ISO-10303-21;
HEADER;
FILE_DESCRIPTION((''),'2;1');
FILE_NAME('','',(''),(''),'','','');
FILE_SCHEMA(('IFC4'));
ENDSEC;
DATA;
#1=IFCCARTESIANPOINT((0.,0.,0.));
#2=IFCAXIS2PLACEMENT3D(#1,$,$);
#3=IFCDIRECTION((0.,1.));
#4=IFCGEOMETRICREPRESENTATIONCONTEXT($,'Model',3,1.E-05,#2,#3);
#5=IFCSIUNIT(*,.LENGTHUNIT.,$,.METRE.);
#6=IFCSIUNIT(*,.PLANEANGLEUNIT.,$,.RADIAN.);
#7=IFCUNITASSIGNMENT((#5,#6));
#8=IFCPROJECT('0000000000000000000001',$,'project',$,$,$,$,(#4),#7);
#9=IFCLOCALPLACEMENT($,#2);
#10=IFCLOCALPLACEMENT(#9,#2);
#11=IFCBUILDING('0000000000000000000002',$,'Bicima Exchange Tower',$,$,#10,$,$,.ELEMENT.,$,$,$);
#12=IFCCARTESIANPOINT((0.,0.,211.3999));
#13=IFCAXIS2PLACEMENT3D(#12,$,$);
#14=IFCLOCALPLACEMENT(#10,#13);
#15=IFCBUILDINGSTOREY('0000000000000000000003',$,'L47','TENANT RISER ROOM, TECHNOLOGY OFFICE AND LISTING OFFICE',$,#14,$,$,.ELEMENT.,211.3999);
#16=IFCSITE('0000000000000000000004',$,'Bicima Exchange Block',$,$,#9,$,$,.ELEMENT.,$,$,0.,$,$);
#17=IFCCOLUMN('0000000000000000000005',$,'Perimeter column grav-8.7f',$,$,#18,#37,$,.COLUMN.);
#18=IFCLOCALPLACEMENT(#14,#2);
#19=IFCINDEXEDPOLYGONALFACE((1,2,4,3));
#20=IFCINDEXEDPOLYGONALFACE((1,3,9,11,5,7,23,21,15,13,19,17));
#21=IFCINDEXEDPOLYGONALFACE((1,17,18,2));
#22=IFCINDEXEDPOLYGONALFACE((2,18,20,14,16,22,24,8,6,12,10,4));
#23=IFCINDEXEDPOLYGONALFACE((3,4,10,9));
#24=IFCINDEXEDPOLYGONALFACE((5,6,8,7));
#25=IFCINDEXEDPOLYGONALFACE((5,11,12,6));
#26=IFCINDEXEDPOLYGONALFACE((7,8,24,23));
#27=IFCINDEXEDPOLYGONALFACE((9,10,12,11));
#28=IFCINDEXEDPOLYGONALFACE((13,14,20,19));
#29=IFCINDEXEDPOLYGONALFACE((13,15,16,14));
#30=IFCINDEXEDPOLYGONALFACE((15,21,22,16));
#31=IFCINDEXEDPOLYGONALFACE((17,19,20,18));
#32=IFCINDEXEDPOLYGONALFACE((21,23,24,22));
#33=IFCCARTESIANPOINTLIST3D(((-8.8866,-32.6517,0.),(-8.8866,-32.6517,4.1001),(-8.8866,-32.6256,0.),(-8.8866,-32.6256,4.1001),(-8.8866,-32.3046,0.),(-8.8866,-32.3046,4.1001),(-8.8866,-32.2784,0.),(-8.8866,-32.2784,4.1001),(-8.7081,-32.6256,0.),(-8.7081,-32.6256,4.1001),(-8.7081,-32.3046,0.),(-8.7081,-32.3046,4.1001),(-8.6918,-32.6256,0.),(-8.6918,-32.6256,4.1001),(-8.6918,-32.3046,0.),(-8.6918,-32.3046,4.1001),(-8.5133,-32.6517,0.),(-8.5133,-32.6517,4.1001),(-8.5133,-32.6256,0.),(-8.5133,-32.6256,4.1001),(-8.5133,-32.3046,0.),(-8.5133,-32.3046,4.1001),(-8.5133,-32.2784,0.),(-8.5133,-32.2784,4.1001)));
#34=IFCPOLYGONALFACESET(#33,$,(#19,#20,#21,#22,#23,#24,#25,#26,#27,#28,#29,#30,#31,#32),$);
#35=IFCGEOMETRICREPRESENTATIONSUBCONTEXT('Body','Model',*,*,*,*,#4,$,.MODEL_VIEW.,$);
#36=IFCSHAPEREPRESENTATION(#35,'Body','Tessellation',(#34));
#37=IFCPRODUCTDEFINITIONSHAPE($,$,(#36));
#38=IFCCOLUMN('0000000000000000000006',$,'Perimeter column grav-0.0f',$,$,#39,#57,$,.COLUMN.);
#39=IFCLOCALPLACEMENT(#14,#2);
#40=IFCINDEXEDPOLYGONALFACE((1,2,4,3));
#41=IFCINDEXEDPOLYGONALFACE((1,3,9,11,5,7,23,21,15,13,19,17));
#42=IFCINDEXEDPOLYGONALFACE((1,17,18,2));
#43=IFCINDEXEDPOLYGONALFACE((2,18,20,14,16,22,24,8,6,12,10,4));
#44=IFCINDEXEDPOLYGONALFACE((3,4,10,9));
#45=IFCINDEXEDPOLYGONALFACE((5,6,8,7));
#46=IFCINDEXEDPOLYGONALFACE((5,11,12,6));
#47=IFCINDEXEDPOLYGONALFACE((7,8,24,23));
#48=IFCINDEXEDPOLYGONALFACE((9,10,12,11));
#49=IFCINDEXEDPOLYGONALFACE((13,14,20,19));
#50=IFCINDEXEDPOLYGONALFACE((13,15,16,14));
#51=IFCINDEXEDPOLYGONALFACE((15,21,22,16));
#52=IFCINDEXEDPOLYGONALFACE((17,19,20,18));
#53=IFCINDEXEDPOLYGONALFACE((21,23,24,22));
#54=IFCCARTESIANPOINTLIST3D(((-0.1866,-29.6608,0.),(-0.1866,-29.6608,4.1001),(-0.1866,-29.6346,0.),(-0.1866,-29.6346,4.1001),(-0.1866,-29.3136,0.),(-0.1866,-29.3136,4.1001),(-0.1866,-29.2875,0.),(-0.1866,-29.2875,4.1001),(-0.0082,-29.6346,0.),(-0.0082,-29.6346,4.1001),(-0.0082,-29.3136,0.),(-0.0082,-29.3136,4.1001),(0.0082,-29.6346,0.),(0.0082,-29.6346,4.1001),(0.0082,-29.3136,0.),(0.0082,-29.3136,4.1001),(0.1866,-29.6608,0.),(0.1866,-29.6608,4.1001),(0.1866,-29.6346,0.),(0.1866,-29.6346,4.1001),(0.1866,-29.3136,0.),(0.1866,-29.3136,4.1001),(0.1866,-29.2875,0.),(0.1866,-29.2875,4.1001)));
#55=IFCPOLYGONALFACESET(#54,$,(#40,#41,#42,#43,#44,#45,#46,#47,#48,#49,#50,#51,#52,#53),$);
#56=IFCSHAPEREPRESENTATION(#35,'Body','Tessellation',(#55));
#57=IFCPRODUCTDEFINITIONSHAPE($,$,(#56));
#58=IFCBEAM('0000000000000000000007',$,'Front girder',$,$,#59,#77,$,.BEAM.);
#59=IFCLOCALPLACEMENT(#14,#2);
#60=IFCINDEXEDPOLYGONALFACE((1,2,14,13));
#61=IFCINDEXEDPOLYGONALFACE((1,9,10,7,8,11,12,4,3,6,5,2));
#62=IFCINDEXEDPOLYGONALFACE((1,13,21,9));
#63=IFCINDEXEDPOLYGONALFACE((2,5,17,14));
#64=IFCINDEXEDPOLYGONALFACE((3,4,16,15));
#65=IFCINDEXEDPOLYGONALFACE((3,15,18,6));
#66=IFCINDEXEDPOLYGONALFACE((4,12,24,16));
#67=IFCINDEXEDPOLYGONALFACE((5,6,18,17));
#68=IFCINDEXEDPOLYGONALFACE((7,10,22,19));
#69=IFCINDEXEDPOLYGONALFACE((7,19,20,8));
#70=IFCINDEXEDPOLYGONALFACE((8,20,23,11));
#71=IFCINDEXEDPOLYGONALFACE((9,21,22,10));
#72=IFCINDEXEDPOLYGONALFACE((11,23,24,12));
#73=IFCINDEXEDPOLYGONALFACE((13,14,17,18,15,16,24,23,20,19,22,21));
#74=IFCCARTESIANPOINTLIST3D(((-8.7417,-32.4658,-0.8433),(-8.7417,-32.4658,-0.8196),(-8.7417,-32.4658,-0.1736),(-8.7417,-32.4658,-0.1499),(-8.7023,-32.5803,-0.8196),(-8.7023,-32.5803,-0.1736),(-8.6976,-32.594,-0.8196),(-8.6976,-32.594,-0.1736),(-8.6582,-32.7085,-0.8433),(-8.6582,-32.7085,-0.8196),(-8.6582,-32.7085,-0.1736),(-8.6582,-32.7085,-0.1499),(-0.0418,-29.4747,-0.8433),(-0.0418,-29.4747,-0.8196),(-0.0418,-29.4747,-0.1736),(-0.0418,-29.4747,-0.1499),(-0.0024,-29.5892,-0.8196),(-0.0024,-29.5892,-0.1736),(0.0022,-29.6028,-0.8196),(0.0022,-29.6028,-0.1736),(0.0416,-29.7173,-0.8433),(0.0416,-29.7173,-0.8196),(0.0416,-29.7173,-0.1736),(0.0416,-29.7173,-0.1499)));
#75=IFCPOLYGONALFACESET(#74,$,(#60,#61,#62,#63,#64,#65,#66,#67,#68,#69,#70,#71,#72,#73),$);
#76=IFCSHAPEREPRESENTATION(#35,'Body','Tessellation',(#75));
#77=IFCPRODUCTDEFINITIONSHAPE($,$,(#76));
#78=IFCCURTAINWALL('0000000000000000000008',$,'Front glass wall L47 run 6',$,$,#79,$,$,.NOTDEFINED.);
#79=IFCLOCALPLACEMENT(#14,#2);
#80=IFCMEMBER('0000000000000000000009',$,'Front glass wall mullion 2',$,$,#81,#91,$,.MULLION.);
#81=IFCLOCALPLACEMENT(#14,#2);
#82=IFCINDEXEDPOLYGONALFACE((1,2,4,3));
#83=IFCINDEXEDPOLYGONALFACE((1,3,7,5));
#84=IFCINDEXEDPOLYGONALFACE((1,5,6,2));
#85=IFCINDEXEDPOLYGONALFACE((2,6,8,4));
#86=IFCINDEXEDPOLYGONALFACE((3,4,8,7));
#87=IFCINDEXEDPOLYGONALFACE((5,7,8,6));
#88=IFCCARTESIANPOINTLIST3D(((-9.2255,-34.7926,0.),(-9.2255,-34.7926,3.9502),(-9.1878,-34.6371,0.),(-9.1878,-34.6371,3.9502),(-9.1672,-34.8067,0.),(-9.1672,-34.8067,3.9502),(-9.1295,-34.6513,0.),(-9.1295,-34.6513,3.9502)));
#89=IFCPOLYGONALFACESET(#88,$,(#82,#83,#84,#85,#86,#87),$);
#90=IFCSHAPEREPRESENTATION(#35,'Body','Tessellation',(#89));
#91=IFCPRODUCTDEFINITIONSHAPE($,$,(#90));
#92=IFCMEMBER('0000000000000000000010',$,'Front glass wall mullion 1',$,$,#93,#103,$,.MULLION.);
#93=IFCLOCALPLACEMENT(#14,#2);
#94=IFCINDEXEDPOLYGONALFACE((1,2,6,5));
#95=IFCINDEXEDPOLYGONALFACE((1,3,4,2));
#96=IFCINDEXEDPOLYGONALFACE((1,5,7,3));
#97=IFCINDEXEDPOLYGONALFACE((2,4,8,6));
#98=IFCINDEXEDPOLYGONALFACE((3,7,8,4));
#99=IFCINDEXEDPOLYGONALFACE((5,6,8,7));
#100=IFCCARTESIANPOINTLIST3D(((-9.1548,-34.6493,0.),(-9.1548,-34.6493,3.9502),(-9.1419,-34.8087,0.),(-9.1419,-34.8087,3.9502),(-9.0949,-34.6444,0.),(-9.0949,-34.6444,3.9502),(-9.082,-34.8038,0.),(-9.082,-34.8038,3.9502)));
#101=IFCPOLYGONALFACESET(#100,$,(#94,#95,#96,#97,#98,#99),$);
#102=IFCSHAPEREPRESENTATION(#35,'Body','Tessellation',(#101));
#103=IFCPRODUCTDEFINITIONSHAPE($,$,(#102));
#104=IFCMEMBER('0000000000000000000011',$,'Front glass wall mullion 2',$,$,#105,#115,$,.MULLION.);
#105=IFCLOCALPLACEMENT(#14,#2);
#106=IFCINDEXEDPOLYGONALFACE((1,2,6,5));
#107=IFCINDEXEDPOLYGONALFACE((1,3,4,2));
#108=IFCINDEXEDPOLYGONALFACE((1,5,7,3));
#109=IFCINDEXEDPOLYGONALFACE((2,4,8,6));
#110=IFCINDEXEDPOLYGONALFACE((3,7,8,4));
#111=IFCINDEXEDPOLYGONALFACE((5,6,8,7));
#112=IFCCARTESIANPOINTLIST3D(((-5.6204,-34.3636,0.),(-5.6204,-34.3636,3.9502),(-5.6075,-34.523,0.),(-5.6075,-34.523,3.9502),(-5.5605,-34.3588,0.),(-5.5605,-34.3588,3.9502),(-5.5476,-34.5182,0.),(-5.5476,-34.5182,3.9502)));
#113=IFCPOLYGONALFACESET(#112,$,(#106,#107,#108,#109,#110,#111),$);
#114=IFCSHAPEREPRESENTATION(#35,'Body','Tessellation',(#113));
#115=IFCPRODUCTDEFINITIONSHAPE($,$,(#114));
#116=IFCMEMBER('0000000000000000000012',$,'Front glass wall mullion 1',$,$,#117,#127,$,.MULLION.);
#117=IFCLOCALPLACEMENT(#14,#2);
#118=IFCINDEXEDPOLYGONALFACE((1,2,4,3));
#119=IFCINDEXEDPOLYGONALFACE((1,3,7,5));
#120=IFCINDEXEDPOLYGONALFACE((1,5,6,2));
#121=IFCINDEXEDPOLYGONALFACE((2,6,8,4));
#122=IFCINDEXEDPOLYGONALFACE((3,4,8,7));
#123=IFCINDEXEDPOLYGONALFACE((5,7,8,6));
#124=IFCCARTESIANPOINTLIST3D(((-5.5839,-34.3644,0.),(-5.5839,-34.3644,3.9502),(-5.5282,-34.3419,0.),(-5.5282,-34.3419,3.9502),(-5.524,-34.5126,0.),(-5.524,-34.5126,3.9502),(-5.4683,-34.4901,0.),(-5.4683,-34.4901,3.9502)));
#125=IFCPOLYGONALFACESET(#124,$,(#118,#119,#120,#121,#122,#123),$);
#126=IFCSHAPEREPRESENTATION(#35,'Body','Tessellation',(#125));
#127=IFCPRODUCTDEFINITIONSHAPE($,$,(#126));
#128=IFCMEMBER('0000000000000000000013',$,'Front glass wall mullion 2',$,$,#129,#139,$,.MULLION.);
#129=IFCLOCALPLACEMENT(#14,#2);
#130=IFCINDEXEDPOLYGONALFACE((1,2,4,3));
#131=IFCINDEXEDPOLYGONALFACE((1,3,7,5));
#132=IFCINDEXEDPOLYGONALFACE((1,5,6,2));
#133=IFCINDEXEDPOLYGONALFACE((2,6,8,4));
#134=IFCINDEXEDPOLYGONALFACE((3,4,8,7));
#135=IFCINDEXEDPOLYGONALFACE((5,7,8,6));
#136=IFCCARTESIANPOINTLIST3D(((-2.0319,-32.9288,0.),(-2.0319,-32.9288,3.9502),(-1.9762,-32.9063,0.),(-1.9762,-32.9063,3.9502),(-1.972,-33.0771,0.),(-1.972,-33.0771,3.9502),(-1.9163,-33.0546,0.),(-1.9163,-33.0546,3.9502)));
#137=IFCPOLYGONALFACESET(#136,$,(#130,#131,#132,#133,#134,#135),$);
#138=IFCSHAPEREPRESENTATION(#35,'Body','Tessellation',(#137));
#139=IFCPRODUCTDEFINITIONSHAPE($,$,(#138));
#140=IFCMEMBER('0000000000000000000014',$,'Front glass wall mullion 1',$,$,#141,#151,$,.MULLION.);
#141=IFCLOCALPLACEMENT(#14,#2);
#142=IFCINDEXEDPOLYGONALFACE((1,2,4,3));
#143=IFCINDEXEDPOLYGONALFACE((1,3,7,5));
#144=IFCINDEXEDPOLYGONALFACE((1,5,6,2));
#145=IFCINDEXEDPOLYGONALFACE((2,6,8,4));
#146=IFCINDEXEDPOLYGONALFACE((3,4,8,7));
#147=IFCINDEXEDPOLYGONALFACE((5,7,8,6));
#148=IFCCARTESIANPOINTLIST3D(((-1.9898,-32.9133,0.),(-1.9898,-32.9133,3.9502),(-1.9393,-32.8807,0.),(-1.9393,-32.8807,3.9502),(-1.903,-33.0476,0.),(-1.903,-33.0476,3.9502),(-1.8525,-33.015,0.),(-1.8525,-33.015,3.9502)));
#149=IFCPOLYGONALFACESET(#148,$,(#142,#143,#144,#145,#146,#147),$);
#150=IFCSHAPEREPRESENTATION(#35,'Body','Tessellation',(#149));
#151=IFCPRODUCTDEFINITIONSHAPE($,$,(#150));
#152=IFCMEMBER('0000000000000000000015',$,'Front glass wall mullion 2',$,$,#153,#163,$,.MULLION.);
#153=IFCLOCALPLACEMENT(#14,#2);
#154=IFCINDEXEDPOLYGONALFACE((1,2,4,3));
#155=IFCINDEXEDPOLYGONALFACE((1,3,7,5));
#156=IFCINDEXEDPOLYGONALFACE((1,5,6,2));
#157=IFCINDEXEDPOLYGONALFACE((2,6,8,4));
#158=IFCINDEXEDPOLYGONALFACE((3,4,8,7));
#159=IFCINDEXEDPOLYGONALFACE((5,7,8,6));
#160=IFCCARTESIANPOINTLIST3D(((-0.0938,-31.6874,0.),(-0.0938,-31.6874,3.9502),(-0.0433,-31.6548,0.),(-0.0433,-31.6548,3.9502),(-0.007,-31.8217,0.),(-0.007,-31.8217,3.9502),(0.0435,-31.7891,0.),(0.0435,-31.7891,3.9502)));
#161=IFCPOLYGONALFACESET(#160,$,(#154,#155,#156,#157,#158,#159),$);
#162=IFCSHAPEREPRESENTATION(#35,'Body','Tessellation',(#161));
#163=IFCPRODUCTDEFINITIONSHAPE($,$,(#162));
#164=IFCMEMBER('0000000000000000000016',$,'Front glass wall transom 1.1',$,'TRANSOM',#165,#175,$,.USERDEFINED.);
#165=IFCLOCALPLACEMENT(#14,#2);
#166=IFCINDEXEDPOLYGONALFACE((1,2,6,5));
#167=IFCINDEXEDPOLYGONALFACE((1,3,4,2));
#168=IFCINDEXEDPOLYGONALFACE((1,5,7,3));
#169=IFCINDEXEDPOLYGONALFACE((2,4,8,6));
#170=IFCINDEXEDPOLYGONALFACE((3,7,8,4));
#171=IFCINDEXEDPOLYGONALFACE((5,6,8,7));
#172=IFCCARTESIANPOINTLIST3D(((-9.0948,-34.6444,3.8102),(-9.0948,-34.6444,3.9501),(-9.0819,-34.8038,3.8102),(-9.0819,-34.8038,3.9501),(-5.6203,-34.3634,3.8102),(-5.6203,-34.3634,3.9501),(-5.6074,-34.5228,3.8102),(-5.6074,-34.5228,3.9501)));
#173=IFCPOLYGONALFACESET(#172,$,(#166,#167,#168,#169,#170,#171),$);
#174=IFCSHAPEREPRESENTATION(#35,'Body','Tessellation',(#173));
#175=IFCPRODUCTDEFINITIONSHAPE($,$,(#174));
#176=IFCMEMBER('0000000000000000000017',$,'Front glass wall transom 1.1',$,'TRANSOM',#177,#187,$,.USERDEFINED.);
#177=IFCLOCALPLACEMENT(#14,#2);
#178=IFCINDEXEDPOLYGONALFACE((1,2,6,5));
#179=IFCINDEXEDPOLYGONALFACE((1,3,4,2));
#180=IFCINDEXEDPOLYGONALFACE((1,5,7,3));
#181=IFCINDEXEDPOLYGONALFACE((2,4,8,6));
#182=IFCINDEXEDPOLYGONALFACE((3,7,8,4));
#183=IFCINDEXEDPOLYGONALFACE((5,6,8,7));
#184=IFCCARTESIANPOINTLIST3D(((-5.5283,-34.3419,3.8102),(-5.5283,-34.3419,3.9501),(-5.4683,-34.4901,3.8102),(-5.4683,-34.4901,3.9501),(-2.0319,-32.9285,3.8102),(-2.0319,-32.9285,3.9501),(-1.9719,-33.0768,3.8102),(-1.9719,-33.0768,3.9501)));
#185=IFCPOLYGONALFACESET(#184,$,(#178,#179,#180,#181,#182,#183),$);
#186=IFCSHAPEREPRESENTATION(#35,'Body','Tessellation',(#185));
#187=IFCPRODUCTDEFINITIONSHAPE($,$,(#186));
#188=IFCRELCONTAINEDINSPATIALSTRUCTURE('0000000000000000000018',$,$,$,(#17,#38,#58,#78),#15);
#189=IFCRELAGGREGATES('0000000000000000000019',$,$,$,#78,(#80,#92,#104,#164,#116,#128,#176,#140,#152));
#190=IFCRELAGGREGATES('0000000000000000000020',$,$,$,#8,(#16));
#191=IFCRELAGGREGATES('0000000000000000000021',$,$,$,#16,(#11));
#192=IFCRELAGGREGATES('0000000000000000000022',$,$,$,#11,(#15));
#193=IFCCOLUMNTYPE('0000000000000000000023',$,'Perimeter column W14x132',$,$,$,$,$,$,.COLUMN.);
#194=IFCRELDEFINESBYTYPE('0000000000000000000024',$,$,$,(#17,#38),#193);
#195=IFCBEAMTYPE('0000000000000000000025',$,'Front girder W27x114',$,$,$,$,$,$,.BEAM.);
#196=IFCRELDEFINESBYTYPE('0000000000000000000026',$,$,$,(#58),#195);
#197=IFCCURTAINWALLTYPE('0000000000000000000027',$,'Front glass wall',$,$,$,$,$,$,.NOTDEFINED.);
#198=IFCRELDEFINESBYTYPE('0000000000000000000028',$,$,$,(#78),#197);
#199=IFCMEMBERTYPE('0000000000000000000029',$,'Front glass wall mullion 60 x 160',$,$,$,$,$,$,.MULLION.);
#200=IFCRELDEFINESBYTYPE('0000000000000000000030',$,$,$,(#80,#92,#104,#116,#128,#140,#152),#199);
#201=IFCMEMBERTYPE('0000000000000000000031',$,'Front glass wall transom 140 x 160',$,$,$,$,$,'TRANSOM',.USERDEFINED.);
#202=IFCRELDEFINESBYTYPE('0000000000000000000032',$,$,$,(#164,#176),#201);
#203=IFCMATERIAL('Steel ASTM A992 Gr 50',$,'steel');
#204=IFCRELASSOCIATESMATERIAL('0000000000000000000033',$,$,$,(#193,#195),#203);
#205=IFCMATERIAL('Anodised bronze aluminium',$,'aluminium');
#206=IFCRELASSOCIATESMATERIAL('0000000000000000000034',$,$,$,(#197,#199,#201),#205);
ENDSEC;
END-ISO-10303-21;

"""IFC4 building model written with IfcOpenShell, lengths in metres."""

from ifc_helpers import new_model, si_unit, direction, frame, origin, origin_2d, place, context, subcontext, project, spatial, rectangle, i_section, extrude, material, material_profile, profile_set, type_object, element, aggregate, save


model = new_model("IFC4")

# Units and contexts
model_context = context("Model", 3, precision=1e-05, world=origin(), true_north=direction((0.0, 1.0)))
body_context = subcontext(model_context, "Body", "Model", "MODEL_VIEW")
ifc_project = project(units=[si_unit("LENGTHUNIT", "METRE"), si_unit("PLANEANGLEUNIT", "RADIAN")], contexts=[model_context])

# Site, building, storey
site_placement = place(None, origin())
site = spatial("IfcSite", under=ifc_project, at=site_placement, Name="Bicima Exchange Block", CompositionType="ELEMENT", RefElevation=0.0)
building_placement = place(site_placement, origin())
building = spatial("IfcBuilding", under=site, at=building_placement, Name="Bicima Exchange Tower", CompositionType="ELEMENT")
storey_placement = place(building_placement, frame((0.0, 0.0, 211.3999)))
storey = spatial("IfcBuildingStorey", under=building, at=storey_placement, Name="L47", Description="TENANT RISER ROOM, TECHNOLOGY OFFICE AND LISTING OFFICE", CompositionType="ELEMENT", Elevation=211.3999)

# Columns
ifc_material_1 = material(Name="Steel ASTM A992 Gr 50", Category="steel")
ifc_material_profile_1 = material_profile(ifc_material_1, i_section(OverallWidth=0.3733, OverallDepth=0.3733, WebThickness=0.0164, FlangeThickness=0.0261, at=origin_2d()))
ifc_profile_set_1 = profile_set([ifc_material_profile_1], Name="Steel ASTM A992 Gr 50")
column_type = type_object("IfcColumnType", Name="Perimeter column W14x132", PredefinedType="COLUMN", material=ifc_profile_set_1)
for number, where, z_axis, x_axis, name in (
    (1, (-8.7, -32.4651, 0.0), (0.0, 0.0, 1.0), (1.0, 0.0, 0.0), "Perimeter column grav-8.7f"),
    (2, (0.0, -29.4741, 0.0), (0.0, 0.0, 1.0), (1.0, 0.0, 0.0), "Perimeter column grav-0.0f"),
):
    element("IfcColumn", number, at=place(storey_placement, frame(where, z_axis=z_axis, x_axis=x_axis)), inside=storey, type_object=column_type, Name=name, PredefinedType="COLUMN", context=body_context, shape_type="SweptSolid", body=[
        extrude(i_section(OverallWidth=0.3733, OverallDepth=0.3733, WebThickness=0.0164, FlangeThickness=0.0261, at=origin_2d()), origin(), (0.0, 0.0, 1.0), 4.1001),
    ])

# Beam
ifc_material_profile_2 = material_profile(ifc_material_1, i_section(OverallWidth=0.2566, OverallDepth=0.6934, WebThickness=0.0144, FlangeThickness=0.0237, at=origin_2d()))
ifc_profile_set_2 = profile_set([ifc_material_profile_2], Name="Steel ASTM A992 Gr 50")
beam_type = type_object("IfcBeamType", Name="Front girder W27x114", PredefinedType="BEAM", material=ifc_profile_set_2)
beam_placement = place(storey_placement, frame((-8.7, -32.5872, -0.4966), z_axis=(0.945666, 0.325138, 0.0), x_axis=(-0.325138, 0.945666, 0.0)))
element("IfcBeam", 3, at=beam_placement, inside=storey, type_object=beam_type, Name="Front girder", PredefinedType="BEAM", context=body_context, shape_type="SweptSolid", body=[
    extrude(i_section(OverallWidth=0.2566, OverallDepth=0.6934, WebThickness=0.0144, FlangeThickness=0.0237, at=origin_2d()), origin(), (0.0, 0.0, 1.0), 9.1997),
])

# Curtain wall, members
ifc_material_2 = material(Name="Anodised bronze aluminium", Category="aluminium")
curtain_wall_type = type_object("IfcCurtainWallType", Name="Front glass wall", PredefinedType="NOTDEFINED", material=ifc_material_2)
curtain_wall_placement = place(storey_placement, origin())
curtain_wall = element("IfcCurtainWall", 4, at=curtain_wall_placement, inside=storey, type_object=curtain_wall_type, Name="Front glass wall L47 run 6", PredefinedType="NOTDEFINED")
ifc_material_profile_3 = material_profile(ifc_material_2, rectangle(XDim=0.1599, YDim=0.0601, at=origin_2d()))
ifc_profile_set_3 = profile_set([ifc_material_profile_3], Name="Anodised bronze aluminium")
member_type_1 = type_object("IfcMemberType", Name="Front glass wall mullion 60 x 160", PredefinedType="MULLION", material=ifc_profile_set_3)
member_1_placement = place(storey_placement, frame((-9.1775, -34.7219, 0.0), z_axis=(0.0, 0.0, 1.0), x_axis=(0.235682, 0.97183, 0.0)))
member_1 = element("IfcMember", 5, at=member_1_placement, type_object=member_type_1, Name="Front glass wall mullion 2", PredefinedType="MULLION", context=body_context, shape_type="SweptSolid", body=[
    extrude(rectangle(XDim=0.1599, YDim=0.0601, at=origin_2d()), origin(), (0.0, 0.0, 1.0), 3.9502),
])
member_2_placement = place(storey_placement, frame((-9.1184, -34.7266, 0.0), z_axis=(0.0, 0.0, 1.0), x_axis=(-0.080589, 0.996747, 0.0)))
member_2 = element("IfcMember", 6, at=member_2_placement, type_object=member_type_1, Name="Front glass wall mullion 1", PredefinedType="MULLION", context=body_context, shape_type="SweptSolid", body=[
    extrude(rectangle(XDim=0.1599, YDim=0.0601, at=origin_2d()), origin(), (0.0, 0.0, 1.0), 3.9502),
])
member_3_placement = place(storey_placement, frame((-5.584, -34.4409, 0.0), z_axis=(0.0, 0.0, 1.0), x_axis=(-0.080589, 0.996747, 0.0)))
member_3 = element("IfcMember", 7, at=member_3_placement, type_object=member_type_1, Name="Front glass wall mullion 2", PredefinedType="MULLION", context=body_context, shape_type="SweptSolid", body=[
    extrude(rectangle(XDim=0.1599, YDim=0.0601, at=origin_2d()), origin(), (0.0, 0.0, 1.0), 3.9502),
])
member_4_placement = place(storey_placement, frame((-5.5261, -34.4272, 0.0), z_axis=(0.0, 0.0, 1.0), x_axis=(-0.374705, 0.927144, 0.0)))
member_4 = element("IfcMember", 8, at=member_4_placement, type_object=member_type_1, Name="Front glass wall mullion 1", PredefinedType="MULLION", context=body_context, shape_type="SweptSolid", body=[
    extrude(rectangle(XDim=0.1599, YDim=0.0601, at=origin_2d()), origin(), (0.0, 0.0, 1.0), 3.9502),
])
member_5_placement = place(storey_placement, frame((-1.9741, -32.9917, 0.0), z_axis=(0.0, 0.0, 1.0), x_axis=(-0.374705, 0.927144, 0.0)))
member_5 = element("IfcMember", 9, at=member_5_placement, type_object=member_type_1, Name="Front glass wall mullion 2", PredefinedType="MULLION", context=body_context, shape_type="SweptSolid", body=[
    extrude(rectangle(XDim=0.1599, YDim=0.0601, at=origin_2d()), origin(), (0.0, 0.0, 1.0), 3.9502),
])
member_6_placement = place(storey_placement, frame((-1.9211, -32.9641, 0.0), z_axis=(0.0, 0.0, 1.0), x_axis=(-0.542897, 0.839799, 0.0)))
member_6 = element("IfcMember", 10, at=member_6_placement, type_object=member_type_1, Name="Front glass wall mullion 1", PredefinedType="MULLION", context=body_context, shape_type="SweptSolid", body=[
    extrude(rectangle(XDim=0.1599, YDim=0.0601, at=origin_2d()), origin(), (0.0, 0.0, 1.0), 3.9502),
])
member_7_placement = place(storey_placement, frame((-0.0251, -31.7383, 0.0), z_axis=(0.0, 0.0, 1.0), x_axis=(-0.542897, 0.839799, 0.0)))
member_7 = element("IfcMember", 11, at=member_7_placement, type_object=member_type_1, Name="Front glass wall mullion 2", PredefinedType="MULLION", context=body_context, shape_type="SweptSolid", body=[
    extrude(rectangle(XDim=0.1599, YDim=0.0601, at=origin_2d()), origin(), (0.0, 0.0, 1.0), 3.9502),
])
ifc_material_profile_4 = material_profile(ifc_material_2, rectangle(XDim=0.1599, YDim=0.1399, at=origin_2d()))
ifc_profile_set_4 = profile_set([ifc_material_profile_4], Name="Anodised bronze aluminium")
member_type_2 = type_object("IfcMemberType", Name="Front glass wall transom 140 x 160", ElementType="TRANSOM", PredefinedType="USERDEFINED", material=ifc_profile_set_4)
member_8_placement = place(storey_placement, frame((-9.0884, -34.7241, 3.8801), z_axis=(0.996746, 0.080611, 0.0), x_axis=(-0.080611, 0.996746, 0.0)))
member_8 = element("IfcMember", 12, at=member_8_placement, type_object=member_type_2, Name="Front glass wall transom 1.1", ObjectType="TRANSOM", PredefinedType="USERDEFINED", context=body_context, shape_type="SweptSolid", body=[
    extrude(rectangle(XDim=0.1599, YDim=0.1399, at=origin_2d()), origin(), (0.0, 0.0, 1.0), 3.4858),
])
member_9_placement = place(storey_placement, frame((-5.4983, -34.416, 3.8801), z_axis=(0.927118, 0.37477, 0.0), x_axis=(-0.37477, 0.927118, 0.0)))
member_9 = element("IfcMember", 13, at=member_9_placement, type_object=member_type_2, Name="Front glass wall transom 1.1", ObjectType="TRANSOM", PredefinedType="USERDEFINED", context=body_context, shape_type="SweptSolid", body=[
    extrude(rectangle(XDim=0.1599, YDim=0.1399, at=origin_2d()), origin(), (0.0, 0.0, 1.0), 3.7712),
])

aggregate(curtain_wall, [member_1, member_2, member_3, member_8, member_4, member_5, member_9, member_6, member_7])

save(model, "model.ifc")
